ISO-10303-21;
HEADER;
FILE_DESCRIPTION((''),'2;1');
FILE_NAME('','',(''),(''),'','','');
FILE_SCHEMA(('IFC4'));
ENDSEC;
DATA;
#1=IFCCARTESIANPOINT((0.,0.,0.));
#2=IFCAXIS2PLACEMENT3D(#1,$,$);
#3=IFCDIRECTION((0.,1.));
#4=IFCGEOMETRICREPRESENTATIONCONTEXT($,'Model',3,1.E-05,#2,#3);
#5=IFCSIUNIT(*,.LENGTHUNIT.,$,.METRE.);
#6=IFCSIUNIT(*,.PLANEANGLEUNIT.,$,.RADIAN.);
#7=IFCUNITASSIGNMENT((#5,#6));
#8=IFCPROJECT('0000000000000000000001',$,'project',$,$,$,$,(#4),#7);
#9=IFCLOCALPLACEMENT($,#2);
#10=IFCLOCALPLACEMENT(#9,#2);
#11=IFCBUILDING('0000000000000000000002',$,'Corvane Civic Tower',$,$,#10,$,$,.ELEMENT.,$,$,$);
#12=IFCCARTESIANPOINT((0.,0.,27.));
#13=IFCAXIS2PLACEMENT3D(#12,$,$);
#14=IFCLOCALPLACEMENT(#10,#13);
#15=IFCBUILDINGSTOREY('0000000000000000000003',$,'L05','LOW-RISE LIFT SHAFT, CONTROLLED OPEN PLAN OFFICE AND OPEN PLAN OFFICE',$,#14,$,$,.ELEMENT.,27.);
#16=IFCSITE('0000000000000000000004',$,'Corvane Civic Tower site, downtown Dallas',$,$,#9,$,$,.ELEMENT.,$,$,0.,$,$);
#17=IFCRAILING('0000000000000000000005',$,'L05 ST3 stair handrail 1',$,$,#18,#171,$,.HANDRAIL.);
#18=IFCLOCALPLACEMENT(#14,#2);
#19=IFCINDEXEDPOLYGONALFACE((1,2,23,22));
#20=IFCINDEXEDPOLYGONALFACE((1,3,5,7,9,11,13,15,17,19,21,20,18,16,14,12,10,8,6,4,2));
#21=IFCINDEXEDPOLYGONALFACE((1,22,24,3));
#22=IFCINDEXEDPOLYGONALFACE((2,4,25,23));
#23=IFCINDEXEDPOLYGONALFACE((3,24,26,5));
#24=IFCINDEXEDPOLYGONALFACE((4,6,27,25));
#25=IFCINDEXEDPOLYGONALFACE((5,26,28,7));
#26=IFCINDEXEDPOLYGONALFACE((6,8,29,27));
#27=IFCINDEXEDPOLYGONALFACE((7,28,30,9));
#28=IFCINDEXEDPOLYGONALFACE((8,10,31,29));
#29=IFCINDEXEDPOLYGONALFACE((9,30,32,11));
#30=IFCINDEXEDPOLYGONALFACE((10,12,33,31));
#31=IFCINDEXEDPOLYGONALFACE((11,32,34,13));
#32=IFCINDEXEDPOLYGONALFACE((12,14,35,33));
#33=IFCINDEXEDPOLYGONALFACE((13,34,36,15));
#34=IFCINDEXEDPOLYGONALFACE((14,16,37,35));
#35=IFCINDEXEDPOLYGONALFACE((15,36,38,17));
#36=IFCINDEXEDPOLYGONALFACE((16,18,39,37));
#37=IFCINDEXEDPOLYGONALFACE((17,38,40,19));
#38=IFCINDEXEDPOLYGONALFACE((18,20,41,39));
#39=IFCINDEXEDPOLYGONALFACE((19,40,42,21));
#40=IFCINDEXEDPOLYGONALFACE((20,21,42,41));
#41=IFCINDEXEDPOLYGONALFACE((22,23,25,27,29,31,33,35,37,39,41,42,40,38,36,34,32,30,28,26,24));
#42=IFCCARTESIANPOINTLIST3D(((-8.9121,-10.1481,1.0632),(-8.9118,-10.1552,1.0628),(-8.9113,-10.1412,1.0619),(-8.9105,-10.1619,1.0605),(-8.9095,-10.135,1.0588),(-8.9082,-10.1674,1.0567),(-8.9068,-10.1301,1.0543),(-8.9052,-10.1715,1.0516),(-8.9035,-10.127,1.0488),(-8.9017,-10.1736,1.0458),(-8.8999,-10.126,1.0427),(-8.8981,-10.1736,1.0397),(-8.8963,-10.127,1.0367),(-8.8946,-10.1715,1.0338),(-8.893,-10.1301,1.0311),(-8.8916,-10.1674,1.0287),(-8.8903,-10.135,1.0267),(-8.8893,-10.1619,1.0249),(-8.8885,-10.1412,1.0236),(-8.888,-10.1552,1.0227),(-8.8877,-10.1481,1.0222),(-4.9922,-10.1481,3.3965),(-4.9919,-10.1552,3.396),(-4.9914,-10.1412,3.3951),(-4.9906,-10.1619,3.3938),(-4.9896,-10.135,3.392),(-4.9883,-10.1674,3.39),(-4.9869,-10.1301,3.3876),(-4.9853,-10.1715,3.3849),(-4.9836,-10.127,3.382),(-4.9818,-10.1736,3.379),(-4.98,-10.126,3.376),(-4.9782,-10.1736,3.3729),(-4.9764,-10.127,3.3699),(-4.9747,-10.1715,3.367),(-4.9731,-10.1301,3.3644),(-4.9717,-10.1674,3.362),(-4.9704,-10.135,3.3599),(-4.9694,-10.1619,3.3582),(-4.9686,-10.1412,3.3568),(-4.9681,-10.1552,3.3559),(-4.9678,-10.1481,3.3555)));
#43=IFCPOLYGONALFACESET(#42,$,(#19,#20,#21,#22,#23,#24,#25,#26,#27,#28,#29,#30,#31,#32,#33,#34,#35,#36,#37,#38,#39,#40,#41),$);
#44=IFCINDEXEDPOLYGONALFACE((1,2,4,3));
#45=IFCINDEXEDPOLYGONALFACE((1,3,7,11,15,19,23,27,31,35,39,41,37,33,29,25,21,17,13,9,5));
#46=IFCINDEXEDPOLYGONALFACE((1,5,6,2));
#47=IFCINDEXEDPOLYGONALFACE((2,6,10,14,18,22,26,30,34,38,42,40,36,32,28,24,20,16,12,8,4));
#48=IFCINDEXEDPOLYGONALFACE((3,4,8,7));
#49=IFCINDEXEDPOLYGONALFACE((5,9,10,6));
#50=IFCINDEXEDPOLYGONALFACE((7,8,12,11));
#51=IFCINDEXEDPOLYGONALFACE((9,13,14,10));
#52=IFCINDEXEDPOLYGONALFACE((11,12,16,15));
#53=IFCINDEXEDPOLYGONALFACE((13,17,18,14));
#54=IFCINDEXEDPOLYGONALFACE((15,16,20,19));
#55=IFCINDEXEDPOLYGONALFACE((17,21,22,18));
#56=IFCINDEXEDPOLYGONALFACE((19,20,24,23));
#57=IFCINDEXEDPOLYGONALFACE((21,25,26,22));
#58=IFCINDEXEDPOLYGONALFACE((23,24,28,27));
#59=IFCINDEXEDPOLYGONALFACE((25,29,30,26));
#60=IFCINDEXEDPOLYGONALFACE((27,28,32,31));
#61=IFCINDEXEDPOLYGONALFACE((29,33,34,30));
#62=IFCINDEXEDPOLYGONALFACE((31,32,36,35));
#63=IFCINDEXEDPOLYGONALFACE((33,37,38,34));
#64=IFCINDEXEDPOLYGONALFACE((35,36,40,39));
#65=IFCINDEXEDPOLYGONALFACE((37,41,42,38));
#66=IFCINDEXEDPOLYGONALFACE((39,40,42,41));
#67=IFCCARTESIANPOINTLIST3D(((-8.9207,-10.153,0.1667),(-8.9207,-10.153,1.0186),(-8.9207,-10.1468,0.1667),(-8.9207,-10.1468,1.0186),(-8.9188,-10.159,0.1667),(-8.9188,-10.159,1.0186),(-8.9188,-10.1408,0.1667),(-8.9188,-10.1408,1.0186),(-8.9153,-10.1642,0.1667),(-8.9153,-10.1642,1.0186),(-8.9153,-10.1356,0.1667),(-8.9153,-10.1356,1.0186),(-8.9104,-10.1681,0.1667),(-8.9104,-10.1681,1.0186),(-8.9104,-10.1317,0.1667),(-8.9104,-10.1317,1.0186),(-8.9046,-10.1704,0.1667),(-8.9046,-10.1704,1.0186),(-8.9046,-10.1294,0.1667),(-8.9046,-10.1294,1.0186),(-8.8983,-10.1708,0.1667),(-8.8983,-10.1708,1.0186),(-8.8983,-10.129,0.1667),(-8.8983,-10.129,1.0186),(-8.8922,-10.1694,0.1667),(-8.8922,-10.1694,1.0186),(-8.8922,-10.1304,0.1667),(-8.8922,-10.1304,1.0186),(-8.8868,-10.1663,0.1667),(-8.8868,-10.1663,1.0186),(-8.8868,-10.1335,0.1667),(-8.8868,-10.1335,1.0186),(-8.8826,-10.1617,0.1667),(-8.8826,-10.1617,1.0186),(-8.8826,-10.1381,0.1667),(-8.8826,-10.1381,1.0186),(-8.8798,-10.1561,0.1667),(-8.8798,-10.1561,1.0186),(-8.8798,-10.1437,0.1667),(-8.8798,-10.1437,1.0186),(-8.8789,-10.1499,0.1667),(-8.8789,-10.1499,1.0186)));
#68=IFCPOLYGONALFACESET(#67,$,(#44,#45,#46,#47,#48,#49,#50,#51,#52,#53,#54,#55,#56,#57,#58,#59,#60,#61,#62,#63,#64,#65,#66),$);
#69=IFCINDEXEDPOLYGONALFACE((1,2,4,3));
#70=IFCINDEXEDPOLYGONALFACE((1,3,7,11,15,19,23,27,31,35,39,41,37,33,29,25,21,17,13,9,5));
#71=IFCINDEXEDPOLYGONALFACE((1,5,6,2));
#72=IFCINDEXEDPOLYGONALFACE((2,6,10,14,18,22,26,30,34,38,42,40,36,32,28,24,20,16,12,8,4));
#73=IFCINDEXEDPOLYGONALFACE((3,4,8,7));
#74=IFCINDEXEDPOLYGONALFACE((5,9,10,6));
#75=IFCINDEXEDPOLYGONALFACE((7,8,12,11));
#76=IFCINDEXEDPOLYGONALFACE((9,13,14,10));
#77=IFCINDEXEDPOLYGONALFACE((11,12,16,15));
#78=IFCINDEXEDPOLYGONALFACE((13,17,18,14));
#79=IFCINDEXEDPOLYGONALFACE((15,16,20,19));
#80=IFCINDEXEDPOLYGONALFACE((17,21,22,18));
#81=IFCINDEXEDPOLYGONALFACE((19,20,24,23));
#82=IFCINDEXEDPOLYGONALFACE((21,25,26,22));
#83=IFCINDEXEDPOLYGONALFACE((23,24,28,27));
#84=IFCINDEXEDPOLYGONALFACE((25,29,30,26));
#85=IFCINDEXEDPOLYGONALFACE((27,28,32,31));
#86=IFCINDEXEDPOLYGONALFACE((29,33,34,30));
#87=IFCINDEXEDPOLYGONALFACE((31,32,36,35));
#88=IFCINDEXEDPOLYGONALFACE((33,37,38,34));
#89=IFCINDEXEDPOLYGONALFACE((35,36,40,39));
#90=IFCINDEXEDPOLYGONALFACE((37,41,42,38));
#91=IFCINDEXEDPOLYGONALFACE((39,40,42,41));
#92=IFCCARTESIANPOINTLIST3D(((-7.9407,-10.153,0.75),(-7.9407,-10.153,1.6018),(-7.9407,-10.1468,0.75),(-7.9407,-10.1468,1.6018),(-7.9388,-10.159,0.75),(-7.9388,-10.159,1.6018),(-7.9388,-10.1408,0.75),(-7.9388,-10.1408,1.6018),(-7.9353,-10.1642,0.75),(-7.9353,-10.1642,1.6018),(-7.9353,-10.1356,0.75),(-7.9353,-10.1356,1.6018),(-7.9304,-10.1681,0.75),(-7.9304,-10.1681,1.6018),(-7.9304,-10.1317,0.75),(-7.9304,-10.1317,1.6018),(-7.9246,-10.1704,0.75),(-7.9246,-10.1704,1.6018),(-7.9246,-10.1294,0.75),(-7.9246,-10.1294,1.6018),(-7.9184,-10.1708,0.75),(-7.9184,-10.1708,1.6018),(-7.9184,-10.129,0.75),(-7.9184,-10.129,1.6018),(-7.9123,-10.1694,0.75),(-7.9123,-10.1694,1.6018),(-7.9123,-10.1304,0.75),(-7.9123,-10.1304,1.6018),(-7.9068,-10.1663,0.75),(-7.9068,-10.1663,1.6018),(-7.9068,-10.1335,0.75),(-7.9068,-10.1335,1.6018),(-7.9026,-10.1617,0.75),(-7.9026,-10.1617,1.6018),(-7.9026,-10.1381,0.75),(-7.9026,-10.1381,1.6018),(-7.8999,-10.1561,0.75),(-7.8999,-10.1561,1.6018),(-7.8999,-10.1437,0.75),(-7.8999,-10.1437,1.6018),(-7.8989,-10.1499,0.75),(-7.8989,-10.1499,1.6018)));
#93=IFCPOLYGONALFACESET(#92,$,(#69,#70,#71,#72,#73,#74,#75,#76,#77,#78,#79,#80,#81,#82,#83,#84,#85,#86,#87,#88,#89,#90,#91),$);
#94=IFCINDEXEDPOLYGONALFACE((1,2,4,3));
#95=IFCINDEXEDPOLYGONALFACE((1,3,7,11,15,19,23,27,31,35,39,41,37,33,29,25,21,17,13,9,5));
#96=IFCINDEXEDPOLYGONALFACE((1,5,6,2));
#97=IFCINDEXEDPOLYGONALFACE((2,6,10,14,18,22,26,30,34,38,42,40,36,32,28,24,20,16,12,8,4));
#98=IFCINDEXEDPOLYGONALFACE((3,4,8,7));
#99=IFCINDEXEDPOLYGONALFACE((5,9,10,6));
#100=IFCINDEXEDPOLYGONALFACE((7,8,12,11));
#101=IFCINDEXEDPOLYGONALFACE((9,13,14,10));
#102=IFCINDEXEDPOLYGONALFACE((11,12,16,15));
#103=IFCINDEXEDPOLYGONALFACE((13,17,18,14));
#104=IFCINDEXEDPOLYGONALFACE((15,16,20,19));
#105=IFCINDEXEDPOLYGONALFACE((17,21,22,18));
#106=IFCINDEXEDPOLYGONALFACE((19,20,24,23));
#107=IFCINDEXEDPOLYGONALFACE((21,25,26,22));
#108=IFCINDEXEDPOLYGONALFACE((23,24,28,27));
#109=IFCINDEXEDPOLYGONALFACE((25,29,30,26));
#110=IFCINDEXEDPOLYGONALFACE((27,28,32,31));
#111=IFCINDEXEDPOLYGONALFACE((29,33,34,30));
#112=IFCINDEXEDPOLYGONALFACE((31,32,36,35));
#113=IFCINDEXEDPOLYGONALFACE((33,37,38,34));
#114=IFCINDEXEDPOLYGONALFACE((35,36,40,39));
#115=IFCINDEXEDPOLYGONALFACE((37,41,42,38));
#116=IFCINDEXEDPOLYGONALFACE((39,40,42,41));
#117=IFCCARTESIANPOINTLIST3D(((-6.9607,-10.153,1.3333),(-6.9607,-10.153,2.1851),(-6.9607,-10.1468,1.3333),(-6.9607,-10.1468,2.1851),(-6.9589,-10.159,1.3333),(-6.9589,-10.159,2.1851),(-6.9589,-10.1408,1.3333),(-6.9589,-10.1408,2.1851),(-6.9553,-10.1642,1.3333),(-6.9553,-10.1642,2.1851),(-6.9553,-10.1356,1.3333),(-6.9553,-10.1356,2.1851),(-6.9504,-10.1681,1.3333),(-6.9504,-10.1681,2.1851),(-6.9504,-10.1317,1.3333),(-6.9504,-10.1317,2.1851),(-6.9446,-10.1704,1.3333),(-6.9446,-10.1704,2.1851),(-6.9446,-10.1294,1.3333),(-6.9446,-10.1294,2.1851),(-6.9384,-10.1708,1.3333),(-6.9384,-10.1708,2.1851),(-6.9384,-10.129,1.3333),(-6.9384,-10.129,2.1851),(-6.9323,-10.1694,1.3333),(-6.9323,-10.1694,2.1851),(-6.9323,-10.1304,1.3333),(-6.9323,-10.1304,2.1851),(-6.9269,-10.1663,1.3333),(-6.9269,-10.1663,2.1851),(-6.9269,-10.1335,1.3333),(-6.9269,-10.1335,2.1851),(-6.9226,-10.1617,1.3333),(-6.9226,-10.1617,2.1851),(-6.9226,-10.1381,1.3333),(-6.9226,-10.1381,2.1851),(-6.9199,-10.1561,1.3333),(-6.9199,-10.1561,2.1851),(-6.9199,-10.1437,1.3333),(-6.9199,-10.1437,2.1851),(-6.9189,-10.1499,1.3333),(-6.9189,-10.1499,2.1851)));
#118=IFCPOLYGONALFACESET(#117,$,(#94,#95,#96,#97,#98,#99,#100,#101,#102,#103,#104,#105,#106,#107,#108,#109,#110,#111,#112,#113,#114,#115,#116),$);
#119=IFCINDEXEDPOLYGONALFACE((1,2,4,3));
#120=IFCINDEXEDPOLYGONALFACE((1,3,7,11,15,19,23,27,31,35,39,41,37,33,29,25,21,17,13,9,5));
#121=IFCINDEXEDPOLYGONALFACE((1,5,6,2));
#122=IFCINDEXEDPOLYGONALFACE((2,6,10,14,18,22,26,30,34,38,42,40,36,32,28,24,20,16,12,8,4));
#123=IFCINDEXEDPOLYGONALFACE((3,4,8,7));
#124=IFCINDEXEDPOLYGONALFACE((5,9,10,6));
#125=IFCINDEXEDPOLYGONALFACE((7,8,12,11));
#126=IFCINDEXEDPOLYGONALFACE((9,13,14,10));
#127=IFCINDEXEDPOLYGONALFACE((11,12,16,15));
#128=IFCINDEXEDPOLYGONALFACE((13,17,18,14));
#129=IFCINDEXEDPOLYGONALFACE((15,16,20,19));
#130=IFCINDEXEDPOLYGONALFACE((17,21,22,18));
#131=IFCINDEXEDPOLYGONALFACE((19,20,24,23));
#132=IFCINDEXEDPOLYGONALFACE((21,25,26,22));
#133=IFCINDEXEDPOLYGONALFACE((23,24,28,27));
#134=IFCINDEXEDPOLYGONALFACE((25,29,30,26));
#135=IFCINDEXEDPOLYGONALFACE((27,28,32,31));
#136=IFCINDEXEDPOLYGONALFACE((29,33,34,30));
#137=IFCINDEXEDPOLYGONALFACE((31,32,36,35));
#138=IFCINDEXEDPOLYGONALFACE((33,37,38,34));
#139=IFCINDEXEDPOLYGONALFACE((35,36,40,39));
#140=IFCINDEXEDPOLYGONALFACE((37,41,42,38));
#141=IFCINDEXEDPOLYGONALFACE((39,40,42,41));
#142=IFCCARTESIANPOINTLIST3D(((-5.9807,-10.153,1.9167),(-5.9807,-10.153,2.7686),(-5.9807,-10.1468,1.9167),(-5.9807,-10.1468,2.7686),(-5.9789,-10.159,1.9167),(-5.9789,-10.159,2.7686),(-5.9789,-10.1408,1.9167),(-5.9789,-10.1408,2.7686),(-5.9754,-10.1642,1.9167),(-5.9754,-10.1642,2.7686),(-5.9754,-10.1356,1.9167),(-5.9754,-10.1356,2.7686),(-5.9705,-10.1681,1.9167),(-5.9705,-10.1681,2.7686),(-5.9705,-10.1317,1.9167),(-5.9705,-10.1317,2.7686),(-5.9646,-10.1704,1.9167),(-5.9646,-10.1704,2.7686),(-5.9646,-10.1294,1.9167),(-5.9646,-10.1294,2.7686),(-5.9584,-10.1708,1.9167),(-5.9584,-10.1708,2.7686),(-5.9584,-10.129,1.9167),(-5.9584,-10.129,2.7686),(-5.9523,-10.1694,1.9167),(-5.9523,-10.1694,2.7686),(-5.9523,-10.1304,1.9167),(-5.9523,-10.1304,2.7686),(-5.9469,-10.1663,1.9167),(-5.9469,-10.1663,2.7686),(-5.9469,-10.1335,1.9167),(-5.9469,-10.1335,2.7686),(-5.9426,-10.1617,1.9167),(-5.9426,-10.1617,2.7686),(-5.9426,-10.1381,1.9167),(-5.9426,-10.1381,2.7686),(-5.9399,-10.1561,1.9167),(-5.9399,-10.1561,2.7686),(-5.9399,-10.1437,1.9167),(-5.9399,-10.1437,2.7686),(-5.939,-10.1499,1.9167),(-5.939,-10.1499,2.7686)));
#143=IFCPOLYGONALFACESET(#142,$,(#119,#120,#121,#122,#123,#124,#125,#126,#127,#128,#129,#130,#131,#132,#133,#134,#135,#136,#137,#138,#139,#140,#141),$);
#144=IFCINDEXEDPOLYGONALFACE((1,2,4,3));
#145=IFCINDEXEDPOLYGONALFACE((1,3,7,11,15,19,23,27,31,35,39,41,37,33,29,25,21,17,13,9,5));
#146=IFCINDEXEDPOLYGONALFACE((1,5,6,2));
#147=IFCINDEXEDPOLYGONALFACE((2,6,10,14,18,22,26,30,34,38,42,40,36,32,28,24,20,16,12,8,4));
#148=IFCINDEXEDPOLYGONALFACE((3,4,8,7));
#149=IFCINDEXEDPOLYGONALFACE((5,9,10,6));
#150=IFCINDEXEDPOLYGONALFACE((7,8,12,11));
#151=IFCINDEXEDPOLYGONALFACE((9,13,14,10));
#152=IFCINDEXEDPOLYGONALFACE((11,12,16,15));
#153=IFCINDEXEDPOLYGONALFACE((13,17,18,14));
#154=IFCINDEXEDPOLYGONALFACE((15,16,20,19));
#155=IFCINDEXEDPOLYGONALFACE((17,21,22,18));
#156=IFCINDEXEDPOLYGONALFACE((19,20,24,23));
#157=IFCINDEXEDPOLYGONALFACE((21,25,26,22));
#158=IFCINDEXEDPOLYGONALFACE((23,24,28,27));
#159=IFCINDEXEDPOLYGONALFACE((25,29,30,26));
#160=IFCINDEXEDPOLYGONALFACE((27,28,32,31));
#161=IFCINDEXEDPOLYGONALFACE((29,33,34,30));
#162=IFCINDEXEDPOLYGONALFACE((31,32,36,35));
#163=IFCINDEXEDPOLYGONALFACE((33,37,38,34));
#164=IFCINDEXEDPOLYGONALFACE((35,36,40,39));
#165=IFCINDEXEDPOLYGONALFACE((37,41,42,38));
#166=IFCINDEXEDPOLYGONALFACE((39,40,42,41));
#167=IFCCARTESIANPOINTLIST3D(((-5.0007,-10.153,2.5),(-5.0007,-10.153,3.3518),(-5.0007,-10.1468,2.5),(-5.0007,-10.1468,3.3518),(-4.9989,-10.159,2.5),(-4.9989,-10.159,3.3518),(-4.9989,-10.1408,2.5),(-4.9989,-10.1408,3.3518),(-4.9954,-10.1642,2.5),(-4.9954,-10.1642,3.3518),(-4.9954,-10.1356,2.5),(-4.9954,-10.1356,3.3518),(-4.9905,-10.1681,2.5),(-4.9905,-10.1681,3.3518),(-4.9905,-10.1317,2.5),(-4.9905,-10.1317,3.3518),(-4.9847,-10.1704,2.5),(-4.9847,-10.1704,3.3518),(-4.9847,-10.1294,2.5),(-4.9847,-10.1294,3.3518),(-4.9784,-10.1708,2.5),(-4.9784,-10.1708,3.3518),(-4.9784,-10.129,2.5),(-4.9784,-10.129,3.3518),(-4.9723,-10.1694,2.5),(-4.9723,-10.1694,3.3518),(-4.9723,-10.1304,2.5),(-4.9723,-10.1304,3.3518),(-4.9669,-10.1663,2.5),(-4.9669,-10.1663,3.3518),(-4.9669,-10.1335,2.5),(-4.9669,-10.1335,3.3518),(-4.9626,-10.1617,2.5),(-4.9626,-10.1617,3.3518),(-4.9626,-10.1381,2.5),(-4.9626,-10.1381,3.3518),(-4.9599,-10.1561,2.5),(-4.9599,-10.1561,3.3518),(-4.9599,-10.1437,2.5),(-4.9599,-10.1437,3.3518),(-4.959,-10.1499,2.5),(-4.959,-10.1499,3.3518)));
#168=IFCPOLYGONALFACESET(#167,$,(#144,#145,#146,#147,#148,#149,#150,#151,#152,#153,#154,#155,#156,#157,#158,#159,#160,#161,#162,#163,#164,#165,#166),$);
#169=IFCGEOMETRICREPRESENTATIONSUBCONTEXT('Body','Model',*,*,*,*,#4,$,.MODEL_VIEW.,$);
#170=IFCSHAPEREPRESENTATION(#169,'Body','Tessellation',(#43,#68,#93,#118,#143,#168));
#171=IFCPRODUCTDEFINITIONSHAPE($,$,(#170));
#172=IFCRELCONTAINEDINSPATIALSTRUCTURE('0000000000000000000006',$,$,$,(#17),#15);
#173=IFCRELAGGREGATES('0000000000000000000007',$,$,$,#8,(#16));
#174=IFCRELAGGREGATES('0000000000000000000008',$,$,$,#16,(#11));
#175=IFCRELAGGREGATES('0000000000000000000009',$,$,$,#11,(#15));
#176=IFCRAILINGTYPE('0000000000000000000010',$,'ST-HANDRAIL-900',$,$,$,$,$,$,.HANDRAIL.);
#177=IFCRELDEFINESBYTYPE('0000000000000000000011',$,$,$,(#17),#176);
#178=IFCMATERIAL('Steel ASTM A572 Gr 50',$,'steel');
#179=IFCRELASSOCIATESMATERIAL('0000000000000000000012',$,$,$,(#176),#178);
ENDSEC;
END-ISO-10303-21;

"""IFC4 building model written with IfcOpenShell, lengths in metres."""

from ifc_helpers import new_model, si_unit, direction, frame, origin, origin_2d, place, context, subcontext, project, spatial, circle, extrude, material, type_object, element, save


model = new_model("IFC4")

# Units and contexts
model_context = context("Model", 3, precision=1e-05, world=origin(), true_north=direction((0.0, 1.0)))
body_context = subcontext(model_context, "Body", "Model", "MODEL_VIEW")
ifc_project = project(units=[si_unit("LENGTHUNIT", "METRE"), si_unit("PLANEANGLEUNIT", "RADIAN")], contexts=[model_context])

# Site, building, storey
site_placement = place(None, origin())
site = spatial("IfcSite", under=ifc_project, at=site_placement, Name="Corvane Civic Tower site, downtown Dallas", CompositionType="ELEMENT", RefElevation=0.0)
building_placement = place(site_placement, origin())
building = spatial("IfcBuilding", under=site, at=building_placement, Name="Corvane Civic Tower", CompositionType="ELEMENT")
storey_placement = place(building_placement, frame((0.0, 0.0, 27.0)))
storey = spatial("IfcBuildingStorey", under=building, at=storey_placement, Name="L05", Description="LOW-RISE LIFT SHAFT, CONTROLLED OPEN PLAN OFFICE AND OPEN PLAN OFFICE", CompositionType="ELEMENT", Elevation=27.0)

# Railing
ifc_material_1 = material(Name="Steel ASTM A572 Gr 50", Category="steel")
railing_type_1 = type_object("IfcRailingType", Name="ST-HANDRAIL-900", PredefinedType="HANDRAIL", material=ifc_material_1)
railing_1_placement = place(storey_placement, frame((-8.8999, -10.1499, 0.1667)))
element("IfcRailing", 1, at=railing_1_placement, inside=storey, type_object=railing_type_1, Name="L05 ST3 stair handrail 1", PredefinedType="HANDRAIL", context=body_context, shape_type="SweptSolid", body=[
    extrude(circle(Radius=0.0239, at=origin_2d()), frame((0.0, 0.0, 0.876), z_axis=(0.859296, 0.0, 0.511478), x_axis=(0.0, 1.0, 0.0)), (0.0, 0.0, 1.0), 4.5618),
    extrude(circle(Radius=0.021, at=origin_2d()), origin(), (0.0, 0.0, 1.0), 0.8518),
    extrude(circle(Radius=0.021, at=origin_2d()), frame((0.98, 0.0, 0.5833)), (0.0, 0.0, 1.0), 0.8518),
    extrude(circle(Radius=0.021, at=origin_2d()), frame((1.96, 0.0, 1.1665)), (0.0, 0.0, 1.0), 0.8518),
    extrude(circle(Radius=0.021, at=origin_2d()), frame((2.9399, 0.0, 1.75)), (0.0, 0.0, 1.0), 0.8518),
    extrude(circle(Radius=0.021, at=origin_2d()), frame((3.9199, 0.0, 2.3333)), (0.0, 0.0, 1.0), 0.8518),
])

save(model, "model.ifc")
